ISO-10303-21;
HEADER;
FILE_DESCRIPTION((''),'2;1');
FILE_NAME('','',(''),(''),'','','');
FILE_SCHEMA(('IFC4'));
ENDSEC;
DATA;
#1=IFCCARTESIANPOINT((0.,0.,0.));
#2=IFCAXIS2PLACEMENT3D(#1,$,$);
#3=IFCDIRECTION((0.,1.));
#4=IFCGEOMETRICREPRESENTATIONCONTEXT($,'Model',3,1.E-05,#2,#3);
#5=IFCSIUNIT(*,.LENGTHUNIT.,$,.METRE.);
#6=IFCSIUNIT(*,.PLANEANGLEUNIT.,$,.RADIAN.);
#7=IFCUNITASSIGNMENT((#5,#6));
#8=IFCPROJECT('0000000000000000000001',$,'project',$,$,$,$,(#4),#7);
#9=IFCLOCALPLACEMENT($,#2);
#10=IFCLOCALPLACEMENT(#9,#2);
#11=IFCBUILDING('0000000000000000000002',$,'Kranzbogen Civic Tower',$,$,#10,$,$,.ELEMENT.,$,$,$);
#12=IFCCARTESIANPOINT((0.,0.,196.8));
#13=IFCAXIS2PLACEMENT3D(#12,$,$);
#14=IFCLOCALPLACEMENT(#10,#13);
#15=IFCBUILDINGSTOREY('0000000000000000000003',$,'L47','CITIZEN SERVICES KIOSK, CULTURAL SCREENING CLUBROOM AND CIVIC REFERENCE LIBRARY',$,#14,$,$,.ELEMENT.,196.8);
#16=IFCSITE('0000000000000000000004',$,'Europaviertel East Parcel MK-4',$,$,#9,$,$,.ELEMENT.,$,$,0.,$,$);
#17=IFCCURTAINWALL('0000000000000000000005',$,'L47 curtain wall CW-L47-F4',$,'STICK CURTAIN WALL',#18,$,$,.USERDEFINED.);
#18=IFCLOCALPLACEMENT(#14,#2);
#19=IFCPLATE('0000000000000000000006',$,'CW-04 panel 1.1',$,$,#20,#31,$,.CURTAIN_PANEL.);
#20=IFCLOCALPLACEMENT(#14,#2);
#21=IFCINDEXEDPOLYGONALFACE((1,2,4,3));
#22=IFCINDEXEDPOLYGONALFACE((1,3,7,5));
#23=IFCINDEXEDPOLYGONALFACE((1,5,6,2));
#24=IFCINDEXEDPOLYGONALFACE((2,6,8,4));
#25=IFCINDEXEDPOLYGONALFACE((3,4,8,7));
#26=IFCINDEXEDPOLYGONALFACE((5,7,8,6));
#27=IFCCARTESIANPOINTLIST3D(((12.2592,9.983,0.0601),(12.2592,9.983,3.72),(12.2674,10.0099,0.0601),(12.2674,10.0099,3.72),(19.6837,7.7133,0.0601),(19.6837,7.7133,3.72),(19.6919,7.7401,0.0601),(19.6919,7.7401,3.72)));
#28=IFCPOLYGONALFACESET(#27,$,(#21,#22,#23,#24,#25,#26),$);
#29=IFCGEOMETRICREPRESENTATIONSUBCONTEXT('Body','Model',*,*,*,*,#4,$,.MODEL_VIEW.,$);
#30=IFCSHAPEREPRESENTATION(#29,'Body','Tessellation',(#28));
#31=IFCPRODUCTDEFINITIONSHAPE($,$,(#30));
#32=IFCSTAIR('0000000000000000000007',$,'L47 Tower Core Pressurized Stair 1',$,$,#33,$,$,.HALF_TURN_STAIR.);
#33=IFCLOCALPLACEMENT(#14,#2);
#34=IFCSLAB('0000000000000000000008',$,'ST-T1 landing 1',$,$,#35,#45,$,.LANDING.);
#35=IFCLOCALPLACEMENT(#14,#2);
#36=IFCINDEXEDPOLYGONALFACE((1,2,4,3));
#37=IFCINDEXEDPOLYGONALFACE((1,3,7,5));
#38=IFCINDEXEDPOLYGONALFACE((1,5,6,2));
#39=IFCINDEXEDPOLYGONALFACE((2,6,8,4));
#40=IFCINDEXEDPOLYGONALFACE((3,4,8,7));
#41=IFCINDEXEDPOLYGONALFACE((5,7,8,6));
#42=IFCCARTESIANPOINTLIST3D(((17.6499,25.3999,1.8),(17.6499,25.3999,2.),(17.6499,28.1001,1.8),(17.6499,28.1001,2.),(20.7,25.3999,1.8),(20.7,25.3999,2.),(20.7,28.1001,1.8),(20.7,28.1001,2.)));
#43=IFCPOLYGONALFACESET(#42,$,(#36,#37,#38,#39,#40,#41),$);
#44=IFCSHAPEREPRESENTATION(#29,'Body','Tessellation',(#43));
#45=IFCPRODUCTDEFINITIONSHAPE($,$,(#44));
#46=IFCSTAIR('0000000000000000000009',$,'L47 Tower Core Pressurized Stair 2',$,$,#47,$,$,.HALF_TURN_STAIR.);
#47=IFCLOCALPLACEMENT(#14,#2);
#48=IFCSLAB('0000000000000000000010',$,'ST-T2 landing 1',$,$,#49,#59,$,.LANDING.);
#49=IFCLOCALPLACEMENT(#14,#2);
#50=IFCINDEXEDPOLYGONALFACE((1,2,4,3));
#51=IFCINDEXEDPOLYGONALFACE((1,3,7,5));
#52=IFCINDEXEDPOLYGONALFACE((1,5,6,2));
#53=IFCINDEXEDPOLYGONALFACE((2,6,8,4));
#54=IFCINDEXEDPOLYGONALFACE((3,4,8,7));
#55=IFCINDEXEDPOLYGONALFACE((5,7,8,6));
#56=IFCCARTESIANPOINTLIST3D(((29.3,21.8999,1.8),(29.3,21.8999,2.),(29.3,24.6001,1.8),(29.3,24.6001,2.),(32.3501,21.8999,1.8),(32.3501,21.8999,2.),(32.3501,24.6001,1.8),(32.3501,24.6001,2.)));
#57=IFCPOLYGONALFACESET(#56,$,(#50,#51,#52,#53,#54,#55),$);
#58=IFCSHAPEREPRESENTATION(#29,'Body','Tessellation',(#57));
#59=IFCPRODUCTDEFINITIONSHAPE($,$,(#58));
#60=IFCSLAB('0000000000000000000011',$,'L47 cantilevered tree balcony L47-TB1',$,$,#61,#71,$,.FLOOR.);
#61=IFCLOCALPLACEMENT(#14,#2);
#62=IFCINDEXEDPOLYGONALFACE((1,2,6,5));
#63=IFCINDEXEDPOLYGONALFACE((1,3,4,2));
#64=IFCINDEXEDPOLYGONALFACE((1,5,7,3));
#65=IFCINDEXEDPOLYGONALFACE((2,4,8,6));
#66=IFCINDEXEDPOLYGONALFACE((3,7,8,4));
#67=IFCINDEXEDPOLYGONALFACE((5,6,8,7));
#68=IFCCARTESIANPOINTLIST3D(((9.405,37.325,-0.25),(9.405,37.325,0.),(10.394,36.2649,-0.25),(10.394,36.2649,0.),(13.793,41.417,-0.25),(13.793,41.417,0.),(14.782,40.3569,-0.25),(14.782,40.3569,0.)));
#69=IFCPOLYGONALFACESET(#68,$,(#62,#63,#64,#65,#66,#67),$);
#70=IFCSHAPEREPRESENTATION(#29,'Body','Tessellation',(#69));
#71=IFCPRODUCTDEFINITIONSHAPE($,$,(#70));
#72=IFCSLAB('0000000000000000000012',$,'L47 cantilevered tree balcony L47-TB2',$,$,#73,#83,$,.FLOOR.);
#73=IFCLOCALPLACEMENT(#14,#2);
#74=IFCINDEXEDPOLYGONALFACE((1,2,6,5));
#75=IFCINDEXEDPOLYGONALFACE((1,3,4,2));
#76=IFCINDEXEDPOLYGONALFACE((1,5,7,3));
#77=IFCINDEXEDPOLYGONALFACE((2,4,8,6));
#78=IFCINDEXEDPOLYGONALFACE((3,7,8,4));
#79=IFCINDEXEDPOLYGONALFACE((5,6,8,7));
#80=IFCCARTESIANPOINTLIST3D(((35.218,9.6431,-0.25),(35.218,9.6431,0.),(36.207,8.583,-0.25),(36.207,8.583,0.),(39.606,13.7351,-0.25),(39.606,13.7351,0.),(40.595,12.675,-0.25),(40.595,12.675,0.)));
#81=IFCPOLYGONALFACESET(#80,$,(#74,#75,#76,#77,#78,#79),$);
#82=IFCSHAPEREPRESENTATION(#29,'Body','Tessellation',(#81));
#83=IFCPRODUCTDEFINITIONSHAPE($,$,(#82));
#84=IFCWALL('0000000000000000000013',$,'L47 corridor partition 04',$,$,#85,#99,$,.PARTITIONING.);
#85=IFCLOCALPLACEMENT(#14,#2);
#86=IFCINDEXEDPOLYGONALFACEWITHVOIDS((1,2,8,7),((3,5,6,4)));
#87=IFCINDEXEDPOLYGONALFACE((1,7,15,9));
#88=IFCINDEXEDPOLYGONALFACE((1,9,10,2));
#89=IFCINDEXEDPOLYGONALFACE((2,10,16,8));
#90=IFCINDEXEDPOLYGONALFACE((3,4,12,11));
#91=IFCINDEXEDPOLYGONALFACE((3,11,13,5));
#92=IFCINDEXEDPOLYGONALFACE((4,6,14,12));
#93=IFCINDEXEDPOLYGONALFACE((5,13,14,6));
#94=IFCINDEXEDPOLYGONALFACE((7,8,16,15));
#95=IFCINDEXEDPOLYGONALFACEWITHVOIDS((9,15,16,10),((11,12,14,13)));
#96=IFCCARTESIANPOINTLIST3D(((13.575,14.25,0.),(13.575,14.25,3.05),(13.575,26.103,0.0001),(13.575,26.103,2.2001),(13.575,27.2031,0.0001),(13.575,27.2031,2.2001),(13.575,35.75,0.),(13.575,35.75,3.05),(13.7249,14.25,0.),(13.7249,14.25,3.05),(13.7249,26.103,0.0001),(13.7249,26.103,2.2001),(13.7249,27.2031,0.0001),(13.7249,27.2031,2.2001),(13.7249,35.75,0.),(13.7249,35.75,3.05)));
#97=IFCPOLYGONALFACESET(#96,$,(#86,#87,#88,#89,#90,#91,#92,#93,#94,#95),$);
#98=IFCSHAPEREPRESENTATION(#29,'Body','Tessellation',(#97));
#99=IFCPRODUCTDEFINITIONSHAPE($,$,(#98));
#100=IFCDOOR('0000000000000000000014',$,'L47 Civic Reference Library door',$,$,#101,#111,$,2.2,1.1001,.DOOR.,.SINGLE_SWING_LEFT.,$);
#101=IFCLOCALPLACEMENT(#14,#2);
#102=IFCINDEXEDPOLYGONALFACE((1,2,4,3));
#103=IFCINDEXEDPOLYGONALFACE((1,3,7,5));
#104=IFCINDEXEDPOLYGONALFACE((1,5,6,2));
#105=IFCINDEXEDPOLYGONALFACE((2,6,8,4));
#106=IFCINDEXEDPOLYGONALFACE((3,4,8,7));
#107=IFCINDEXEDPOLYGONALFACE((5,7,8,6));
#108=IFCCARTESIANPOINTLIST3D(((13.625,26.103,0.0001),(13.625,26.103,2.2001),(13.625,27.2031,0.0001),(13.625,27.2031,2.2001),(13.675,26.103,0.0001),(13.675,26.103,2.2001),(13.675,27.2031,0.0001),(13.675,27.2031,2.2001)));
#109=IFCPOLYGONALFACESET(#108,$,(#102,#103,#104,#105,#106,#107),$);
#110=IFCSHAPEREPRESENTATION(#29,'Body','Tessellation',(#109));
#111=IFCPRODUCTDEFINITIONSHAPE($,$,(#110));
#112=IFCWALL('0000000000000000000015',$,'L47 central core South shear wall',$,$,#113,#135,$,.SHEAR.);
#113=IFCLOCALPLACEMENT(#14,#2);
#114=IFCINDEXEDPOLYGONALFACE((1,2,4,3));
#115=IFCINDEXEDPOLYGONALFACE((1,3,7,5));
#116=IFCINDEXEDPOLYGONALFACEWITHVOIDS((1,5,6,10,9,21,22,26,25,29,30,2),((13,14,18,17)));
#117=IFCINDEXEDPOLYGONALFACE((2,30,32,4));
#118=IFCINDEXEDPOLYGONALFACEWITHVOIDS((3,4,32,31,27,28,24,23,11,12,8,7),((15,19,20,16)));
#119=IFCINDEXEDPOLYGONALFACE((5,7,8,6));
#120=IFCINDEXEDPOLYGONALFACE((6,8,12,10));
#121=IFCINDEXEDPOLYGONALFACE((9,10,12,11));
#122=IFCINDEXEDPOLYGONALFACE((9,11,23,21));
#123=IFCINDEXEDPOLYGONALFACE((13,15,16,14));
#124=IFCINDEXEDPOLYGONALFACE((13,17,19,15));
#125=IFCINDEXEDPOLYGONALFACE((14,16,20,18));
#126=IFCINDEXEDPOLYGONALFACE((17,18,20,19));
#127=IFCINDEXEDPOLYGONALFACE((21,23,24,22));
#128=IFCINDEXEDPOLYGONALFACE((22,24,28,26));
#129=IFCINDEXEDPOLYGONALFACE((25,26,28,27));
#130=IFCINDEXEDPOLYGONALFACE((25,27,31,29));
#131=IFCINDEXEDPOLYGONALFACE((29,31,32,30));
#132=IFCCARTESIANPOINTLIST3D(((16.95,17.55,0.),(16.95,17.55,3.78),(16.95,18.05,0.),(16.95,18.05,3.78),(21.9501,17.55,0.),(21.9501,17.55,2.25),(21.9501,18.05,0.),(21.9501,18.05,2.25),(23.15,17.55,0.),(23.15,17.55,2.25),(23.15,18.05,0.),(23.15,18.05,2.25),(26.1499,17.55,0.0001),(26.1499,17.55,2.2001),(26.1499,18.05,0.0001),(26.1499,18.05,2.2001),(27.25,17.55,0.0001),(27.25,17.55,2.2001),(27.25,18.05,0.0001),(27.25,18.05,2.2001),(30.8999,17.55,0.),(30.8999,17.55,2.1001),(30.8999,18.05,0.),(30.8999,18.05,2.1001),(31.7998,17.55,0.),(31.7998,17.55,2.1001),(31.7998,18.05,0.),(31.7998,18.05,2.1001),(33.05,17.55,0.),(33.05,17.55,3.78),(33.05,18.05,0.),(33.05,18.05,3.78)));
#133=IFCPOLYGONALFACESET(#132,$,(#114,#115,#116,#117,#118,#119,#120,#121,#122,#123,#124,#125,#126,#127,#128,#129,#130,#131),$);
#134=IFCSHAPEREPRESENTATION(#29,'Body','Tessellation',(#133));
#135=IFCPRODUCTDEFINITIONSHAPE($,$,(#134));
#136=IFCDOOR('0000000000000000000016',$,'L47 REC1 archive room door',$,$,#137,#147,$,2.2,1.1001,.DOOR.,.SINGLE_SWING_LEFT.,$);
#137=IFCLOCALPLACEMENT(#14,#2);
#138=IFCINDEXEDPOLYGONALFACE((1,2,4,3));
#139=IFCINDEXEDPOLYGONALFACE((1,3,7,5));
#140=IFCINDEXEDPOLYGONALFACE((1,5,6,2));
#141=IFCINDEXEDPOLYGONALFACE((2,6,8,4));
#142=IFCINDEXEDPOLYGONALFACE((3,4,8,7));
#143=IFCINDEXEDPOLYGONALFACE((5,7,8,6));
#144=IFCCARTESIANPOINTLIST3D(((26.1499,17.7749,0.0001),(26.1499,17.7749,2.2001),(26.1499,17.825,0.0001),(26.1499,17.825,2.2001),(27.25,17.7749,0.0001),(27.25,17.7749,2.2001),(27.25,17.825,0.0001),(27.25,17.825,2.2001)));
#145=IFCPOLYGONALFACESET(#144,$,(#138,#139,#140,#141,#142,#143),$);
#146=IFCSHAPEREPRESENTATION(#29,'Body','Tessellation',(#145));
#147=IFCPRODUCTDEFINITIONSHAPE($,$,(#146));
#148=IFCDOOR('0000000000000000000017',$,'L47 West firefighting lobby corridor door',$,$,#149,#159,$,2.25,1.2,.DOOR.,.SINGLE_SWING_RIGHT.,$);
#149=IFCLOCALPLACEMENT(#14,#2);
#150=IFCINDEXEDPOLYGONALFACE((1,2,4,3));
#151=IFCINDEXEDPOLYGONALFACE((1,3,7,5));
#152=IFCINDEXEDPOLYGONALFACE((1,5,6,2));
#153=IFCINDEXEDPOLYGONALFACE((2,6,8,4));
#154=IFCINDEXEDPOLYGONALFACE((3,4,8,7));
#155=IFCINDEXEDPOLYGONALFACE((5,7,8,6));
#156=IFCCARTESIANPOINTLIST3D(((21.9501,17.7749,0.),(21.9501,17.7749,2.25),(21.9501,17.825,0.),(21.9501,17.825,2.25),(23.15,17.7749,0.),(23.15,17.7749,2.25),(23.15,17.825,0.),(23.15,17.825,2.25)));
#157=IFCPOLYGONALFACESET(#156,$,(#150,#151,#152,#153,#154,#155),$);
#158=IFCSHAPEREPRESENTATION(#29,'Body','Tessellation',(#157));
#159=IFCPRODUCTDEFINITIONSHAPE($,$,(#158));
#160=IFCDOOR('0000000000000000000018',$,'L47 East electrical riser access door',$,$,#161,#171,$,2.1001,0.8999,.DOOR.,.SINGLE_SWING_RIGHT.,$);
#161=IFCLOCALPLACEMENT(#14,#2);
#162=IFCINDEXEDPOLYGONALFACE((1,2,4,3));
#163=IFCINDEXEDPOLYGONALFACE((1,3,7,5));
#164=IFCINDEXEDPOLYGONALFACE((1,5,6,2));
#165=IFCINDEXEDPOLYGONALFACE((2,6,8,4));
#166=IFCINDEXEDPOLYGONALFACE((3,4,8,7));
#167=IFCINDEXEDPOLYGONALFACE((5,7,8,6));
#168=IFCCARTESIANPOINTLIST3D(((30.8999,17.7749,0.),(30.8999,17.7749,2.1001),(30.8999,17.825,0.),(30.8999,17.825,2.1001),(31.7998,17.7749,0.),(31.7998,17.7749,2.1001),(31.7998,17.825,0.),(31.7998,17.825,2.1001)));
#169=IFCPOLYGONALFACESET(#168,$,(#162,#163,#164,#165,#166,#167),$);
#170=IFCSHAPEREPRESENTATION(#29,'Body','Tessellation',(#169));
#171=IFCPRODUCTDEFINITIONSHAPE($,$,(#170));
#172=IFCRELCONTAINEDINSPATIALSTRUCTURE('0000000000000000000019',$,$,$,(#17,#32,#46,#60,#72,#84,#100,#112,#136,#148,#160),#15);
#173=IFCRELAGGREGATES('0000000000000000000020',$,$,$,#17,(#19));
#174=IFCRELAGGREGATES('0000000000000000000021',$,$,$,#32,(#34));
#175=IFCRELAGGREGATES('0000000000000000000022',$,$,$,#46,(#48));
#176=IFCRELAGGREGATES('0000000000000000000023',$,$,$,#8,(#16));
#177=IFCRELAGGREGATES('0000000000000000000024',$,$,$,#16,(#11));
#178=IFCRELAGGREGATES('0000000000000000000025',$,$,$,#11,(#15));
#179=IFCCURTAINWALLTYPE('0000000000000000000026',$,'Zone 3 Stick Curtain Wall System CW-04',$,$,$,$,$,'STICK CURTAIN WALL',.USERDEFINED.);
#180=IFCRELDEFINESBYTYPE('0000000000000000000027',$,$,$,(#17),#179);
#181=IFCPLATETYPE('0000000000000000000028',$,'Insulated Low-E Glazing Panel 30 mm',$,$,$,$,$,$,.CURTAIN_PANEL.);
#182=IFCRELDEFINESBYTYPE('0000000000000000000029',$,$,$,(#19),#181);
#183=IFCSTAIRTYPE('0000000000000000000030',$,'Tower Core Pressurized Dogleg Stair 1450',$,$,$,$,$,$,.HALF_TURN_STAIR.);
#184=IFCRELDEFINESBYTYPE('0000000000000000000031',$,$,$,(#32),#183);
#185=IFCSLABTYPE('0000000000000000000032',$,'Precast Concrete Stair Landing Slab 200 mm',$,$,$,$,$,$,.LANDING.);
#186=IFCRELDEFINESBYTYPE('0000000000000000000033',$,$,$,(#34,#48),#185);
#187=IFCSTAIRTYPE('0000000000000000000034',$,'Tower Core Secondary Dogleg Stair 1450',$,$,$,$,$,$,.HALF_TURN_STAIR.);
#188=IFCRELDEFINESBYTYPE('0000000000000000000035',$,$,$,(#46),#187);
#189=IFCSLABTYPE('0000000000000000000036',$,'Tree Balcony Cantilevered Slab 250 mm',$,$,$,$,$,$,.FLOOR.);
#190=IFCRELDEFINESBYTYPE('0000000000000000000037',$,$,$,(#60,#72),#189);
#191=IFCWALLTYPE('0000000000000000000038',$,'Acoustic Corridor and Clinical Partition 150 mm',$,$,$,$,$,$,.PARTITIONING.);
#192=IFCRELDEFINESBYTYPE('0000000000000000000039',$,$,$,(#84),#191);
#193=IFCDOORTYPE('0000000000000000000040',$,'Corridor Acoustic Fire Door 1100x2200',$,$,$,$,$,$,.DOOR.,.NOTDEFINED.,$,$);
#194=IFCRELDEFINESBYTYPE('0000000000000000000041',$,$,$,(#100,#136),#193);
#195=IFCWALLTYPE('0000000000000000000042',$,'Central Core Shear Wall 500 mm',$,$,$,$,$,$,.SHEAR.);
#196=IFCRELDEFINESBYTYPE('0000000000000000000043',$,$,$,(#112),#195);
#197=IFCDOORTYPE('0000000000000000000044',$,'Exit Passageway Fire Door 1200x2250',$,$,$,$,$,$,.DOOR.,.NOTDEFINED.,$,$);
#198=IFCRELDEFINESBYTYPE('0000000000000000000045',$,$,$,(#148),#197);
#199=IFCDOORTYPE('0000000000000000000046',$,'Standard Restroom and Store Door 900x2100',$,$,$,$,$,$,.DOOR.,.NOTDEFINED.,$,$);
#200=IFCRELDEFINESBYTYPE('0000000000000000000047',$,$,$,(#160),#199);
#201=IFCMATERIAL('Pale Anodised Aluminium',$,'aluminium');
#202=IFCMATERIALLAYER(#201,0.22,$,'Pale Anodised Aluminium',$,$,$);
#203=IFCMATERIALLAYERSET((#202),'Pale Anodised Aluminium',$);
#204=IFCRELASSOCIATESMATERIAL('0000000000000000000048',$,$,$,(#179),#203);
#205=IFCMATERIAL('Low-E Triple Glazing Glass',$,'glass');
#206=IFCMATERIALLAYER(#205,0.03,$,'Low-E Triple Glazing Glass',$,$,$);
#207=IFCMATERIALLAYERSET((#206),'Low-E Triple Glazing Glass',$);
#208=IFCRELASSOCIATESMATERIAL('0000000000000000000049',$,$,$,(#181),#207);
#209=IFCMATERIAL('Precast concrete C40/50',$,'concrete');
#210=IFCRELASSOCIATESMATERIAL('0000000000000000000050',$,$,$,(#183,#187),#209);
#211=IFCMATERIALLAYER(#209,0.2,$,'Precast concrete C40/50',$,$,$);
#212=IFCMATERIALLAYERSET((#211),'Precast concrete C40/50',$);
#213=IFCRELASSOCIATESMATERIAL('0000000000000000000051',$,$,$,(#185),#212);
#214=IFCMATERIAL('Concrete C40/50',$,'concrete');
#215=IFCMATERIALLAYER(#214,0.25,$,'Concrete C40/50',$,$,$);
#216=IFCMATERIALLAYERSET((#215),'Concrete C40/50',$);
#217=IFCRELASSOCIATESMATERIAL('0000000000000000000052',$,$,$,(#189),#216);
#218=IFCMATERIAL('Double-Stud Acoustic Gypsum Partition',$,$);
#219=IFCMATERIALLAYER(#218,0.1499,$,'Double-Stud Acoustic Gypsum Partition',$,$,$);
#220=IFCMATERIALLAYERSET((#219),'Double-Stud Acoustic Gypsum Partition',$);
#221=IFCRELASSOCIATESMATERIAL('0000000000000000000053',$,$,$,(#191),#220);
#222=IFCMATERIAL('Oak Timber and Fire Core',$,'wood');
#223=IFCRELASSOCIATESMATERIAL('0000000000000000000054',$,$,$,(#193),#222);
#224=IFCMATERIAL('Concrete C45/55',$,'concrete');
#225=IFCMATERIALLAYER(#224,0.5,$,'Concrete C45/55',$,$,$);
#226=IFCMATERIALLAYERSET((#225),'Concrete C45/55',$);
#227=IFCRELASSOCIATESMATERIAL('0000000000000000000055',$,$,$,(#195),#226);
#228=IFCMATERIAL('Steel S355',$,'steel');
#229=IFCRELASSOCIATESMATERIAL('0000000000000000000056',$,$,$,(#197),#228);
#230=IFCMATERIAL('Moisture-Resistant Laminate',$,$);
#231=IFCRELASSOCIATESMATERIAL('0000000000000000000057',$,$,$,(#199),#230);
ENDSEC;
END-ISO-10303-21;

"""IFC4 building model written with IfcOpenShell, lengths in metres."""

from ifc_helpers import new_model, si_unit, direction, frame, frame_2d, origin, origin_2d, place, context, subcontext, project, spatial, polyline, rectangle, outline, extrude, material, layer, layer_set, type_object, element, fill, aggregate, save


model = new_model("IFC4")

# Units and contexts
model_context = context("Model", 3, precision=1e-05, world=origin(), true_north=direction((0.0, 1.0)))
body_context = subcontext(model_context, "Body", "Model", "MODEL_VIEW")
ifc_project = project(units=[si_unit("LENGTHUNIT", "METRE"), si_unit("PLANEANGLEUNIT", "RADIAN")], contexts=[model_context])

# Site, building, storey
site_placement = place(None, origin())
site = spatial("IfcSite", under=ifc_project, at=site_placement, Name="Europaviertel East Parcel MK-4", CompositionType="ELEMENT", RefElevation=0.0)
building_placement = place(site_placement, origin())
building = spatial("IfcBuilding", under=site, at=building_placement, Name="Kranzbogen Civic Tower", CompositionType="ELEMENT")
storey_placement = place(building_placement, frame((0.0, 0.0, 196.8)))
storey = spatial("IfcBuildingStorey", under=building, at=storey_placement, Name="L47", Description="CITIZEN SERVICES KIOSK, CULTURAL SCREENING CLUBROOM AND CIVIC REFERENCE LIBRARY", CompositionType="ELEMENT", Elevation=196.8)

# Shared definitions
ifc_material_1 = material(Name="Steel S355", Category="steel")

# Shared definitions
ifc_material_2 = material(Name="Pale Anodised Aluminium", Category="aluminium")
ifc_layer_1 = layer(ifc_material_2, 0.22, Name="Pale Anodised Aluminium")
ifc_layer_set_1 = layer_set([ifc_layer_1], Name="Pale Anodised Aluminium")
curtain_wall_type = type_object("IfcCurtainWallType", Name="Zone 3 Stick Curtain Wall System CW-04", ElementType="STICK CURTAIN WALL", PredefinedType="USERDEFINED", material=ifc_layer_set_1)

# Curtain wall
curtain_wall_1_placement = place(storey_placement, origin())
curtain_wall_1 = element("IfcCurtainWall", 1, at=curtain_wall_1_placement, inside=storey, type_object=curtain_wall_type, Name="L47 curtain wall CW-L47-F4", ObjectType="STICK CURTAIN WALL", PredefinedType="USERDEFINED")

# Shared definitions
ifc_material_3 = material(Name="Concrete C40/50", Category="concrete")

# Plate
ifc_material_4 = material(Name="Low-E Triple Glazing Glass", Category="glass")
ifc_layer_2 = layer(ifc_material_4, 0.03, Name="Low-E Triple Glazing Glass")
ifc_layer_set_2 = layer_set([ifc_layer_2], Name="Low-E Triple Glazing Glass")
plate_type = type_object("IfcPlateType", Name="Insulated Low-E Glazing Panel 30 mm", PredefinedType="CURTAIN_PANEL", material=ifc_layer_set_2)
plate_1_placement = place(storey_placement, frame((15.9756, 8.8616, 0.0601), z_axis=(0.0, 0.0, 1.0), x_axis=(0.956312, -0.29235, 0.0)))
plate_1 = element("IfcPlate", 2, at=plate_1_placement, type_object=plate_type, Name="CW-04 panel 1.1", PredefinedType="CURTAIN_PANEL", context=body_context, shape_type="SweptSolid", body=[
    extrude(rectangle(XDim=7.7637, YDim=0.0281, at=origin_2d()), origin(), (0.0, 0.0, 1.0), 3.6599),
])
aggregate(curtain_wall_1, [plate_1])

# Stairs, slabs
ifc_material_5 = material(Name="Precast concrete C40/50", Category="concrete")
stair_type_1 = type_object("IfcStairType", Name="Tower Core Pressurized Dogleg Stair 1450", PredefinedType="HALF_TURN_STAIR", material=ifc_material_5)
stair_1_placement = place(storey_placement, origin())
stair_1 = element("IfcStair", 3, at=stair_1_placement, inside=storey, type_object=stair_type_1, Name="L47 Tower Core Pressurized Stair 1", PredefinedType="HALF_TURN_STAIR")
ifc_layer_3 = layer(ifc_material_5, 0.2, Name="Precast concrete C40/50")
ifc_layer_set_3 = layer_set([ifc_layer_3], Name="Precast concrete C40/50")
slab_type_1 = type_object("IfcSlabType", Name="Precast Concrete Stair Landing Slab 200 mm", PredefinedType="LANDING", material=ifc_layer_set_3)
slab_1_placement = place(storey_placement, frame((0.0, 0.0, 1.8)))
slab_1 = element("IfcSlab", 4, at=slab_1_placement, type_object=slab_type_1, Name="ST-T1 landing 1", PredefinedType="LANDING", context=body_context, shape_type="SweptSolid", body=[
    extrude(outline(polyline([(20.7, 25.3999), (20.7, 28.1001), (17.6499, 28.1001), (17.6499, 25.3999), (20.7, 25.3999)])), origin(), (0.0, 0.0, 1.0), 0.2),
])
aggregate(stair_1, [slab_1])
stair_type_2 = type_object("IfcStairType", Name="Tower Core Secondary Dogleg Stair 1450", PredefinedType="HALF_TURN_STAIR", material=ifc_material_5)
stair_2_placement = place(storey_placement, origin())
stair_2 = element("IfcStair", 5, at=stair_2_placement, inside=storey, type_object=stair_type_2, Name="L47 Tower Core Pressurized Stair 2", PredefinedType="HALF_TURN_STAIR")
slab_2_placement = place(storey_placement, frame((0.0, 0.0, 1.8)))
slab_2 = element("IfcSlab", 6, at=slab_2_placement, type_object=slab_type_1, Name="ST-T2 landing 1", PredefinedType="LANDING", context=body_context, shape_type="SweptSolid", body=[
    extrude(outline(polyline([(29.3, 24.6001), (29.3, 21.8999), (32.3501, 21.8999), (32.3501, 24.6001), (29.3, 24.6001)])), origin(), (0.0, 0.0, 1.0), 0.2),
])
aggregate(stair_2, [slab_2])

# Slabs
ifc_layer_4 = layer(ifc_material_3, 0.25, Name="Concrete C40/50")
ifc_layer_set_4 = layer_set([ifc_layer_4], Name="Concrete C40/50")
slab_type_2 = type_object("IfcSlabType", Name="Tree Balcony Cantilevered Slab 250 mm", PredefinedType="FLOOR", material=ifc_layer_set_4)
slab_3_placement = place(storey_placement, frame((0.0, 0.0, -0.25)))
element("IfcSlab", 7, at=slab_3_placement, inside=storey, type_object=slab_type_2, Name="L47 cantilevered tree balcony L47-TB1", PredefinedType="FLOOR", context=body_context, shape_type="SweptSolid", body=[
    extrude(outline(polyline([(14.782, 40.3569), (10.394, 36.2649), (9.405, 37.325), (13.793, 41.417), (14.782, 40.3569)])), origin(), (0.0, 0.0, 1.0), 0.25),
])
slab_4_placement = place(storey_placement, frame((0.0, 0.0, -0.25)))
element("IfcSlab", 8, at=slab_4_placement, inside=storey, type_object=slab_type_2, Name="L47 cantilevered tree balcony L47-TB2", PredefinedType="FLOOR", context=body_context, shape_type="SweptSolid", body=[
    extrude(outline(polyline([(35.218, 9.6431), (39.606, 13.7351), (40.595, 12.675), (36.207, 8.583), (35.218, 9.6431)])), origin(), (0.0, 0.0, 1.0), 0.25),
])

# Wall, opening, door
ifc_material_6 = material(Name="Double-Stud Acoustic Gypsum Partition")
ifc_layer_5 = layer(ifc_material_6, 0.1499, Name="Double-Stud Acoustic Gypsum Partition")
ifc_layer_set_5 = layer_set([ifc_layer_5], Name="Double-Stud Acoustic Gypsum Partition")
wall_type_1 = type_object("IfcWallType", Name="Acoustic Corridor and Clinical Partition 150 mm", PredefinedType="PARTITIONING", material=ifc_layer_set_5)
wall_1_placement = place(storey_placement, frame((13.6499, 14.25, 0.0), z_axis=(0.0, 0.0, 1.0), x_axis=(0.0, 1.0, 0.0)))
wall_1 = element("IfcWall", 9, at=wall_1_placement, inside=storey, type_object=wall_type_1, Name="L47 corridor partition 04", PredefinedType="PARTITIONING", context=body_context, shape_type="SweptSolid", body=[
    extrude(rectangle(XDim=21.5, YDim=0.1499, at=frame_2d((10.75, 0.0))), origin(), (0.0, 0.0, 1.0), 3.05),
])
opening_1_placement = place(wall_1_placement, frame((11.853, 0.0, 0.0)))
opening_1 = element("IfcOpeningElement", 10, at=opening_1_placement, cuts=wall_1, PredefinedType="OPENING", context=body_context, shape_type="SweptSolid", body=[
    extrude(rectangle(XDim=1.1001, YDim=2.2, at=frame_2d((0.55, 1.1001))), frame((0.0, 0.085, 0.0), z_axis=(0.0, -1.0, 0.0), x_axis=(1.0, 0.0, 0.0)), (0.0, 0.0, 1.0), 0.1699),
])
ifc_material_7 = material(Name="Oak Timber and Fire Core", Category="wood")
door_type_1 = type_object("IfcDoorType", Name="Corridor Acoustic Fire Door 1100x2200", OperationType="NOTDEFINED", PredefinedType="DOOR", material=ifc_material_7)
door_1_placement = place(opening_1_placement, origin())
door_1 = element("IfcDoor", 11, at=door_1_placement, inside=storey, type_object=door_type_1, Name="L47 Civic Reference Library door", OperationType="SINGLE_SWING_LEFT", OverallHeight=2.2, OverallWidth=1.1001, PredefinedType="DOOR", context=body_context, shape_type="SweptSolid", body=[
    extrude(rectangle(XDim=1.1001, YDim=2.2, at=frame_2d((0.55, 1.1001))), frame((0.0, 0.0249, 0.0), z_axis=(0.0, -1.0, 0.0), x_axis=(1.0, 0.0, 0.0)), (0.0, 0.0, 1.0), 0.05),
])
fill(opening_1, door_1)

# Wall, openings, doors
ifc_material_8 = material(Name="Concrete C45/55", Category="concrete")
ifc_layer_6 = layer(ifc_material_8, 0.5, Name="Concrete C45/55")
ifc_layer_set_6 = layer_set([ifc_layer_6], Name="Concrete C45/55")
wall_type_2 = type_object("IfcWallType", Name="Central Core Shear Wall 500 mm", PredefinedType="SHEAR", material=ifc_layer_set_6)
wall_2_placement = place(storey_placement, frame((16.95, 17.8, 0.0), z_axis=(0.0, 0.0, 1.0), x_axis=(1.0, 0.0, 0.0)))
wall_2 = element("IfcWall", 12, at=wall_2_placement, inside=storey, type_object=wall_type_2, Name="L47 central core South shear wall", PredefinedType="SHEAR", context=body_context, shape_type="SweptSolid", body=[
    extrude(rectangle(XDim=16.1001, YDim=0.5, at=frame_2d((8.05, 0.0))), origin(), (0.0, 0.0, 1.0), 3.78),
])
opening_2_placement = place(wall_2_placement, frame((5.0, 0.0, 0.0)))
opening_2 = element("IfcOpeningElement", 13, at=opening_2_placement, cuts=wall_2, PredefinedType="OPENING", context=body_context, shape_type="SweptSolid", body=[
    extrude(rectangle(XDim=1.2, YDim=2.25, at=frame_2d((0.6001, 1.125))), frame((0.0, 0.26, 0.0), z_axis=(0.0, -1.0, 0.0), x_axis=(1.0, 0.0, 0.0)), (0.0, 0.0, 1.0), 0.52),
])
opening_3_placement = place(wall_2_placement, frame((13.95, 0.0, 0.0)))
opening_3 = element("IfcOpeningElement", 14, at=opening_3_placement, cuts=wall_2, PredefinedType="OPENING", context=body_context, shape_type="SweptSolid", body=[
    extrude(rectangle(XDim=0.8999, YDim=2.1001, at=frame_2d((0.45, 1.05))), frame((0.0, 0.26, 0.0), z_axis=(0.0, -1.0, 0.0), x_axis=(1.0, 0.0, 0.0)), (0.0, 0.0, 1.0), 0.52),
])
opening_4_placement = place(wall_2_placement, frame((9.2, 0.0, 0.0)))
opening_4 = element("IfcOpeningElement", 15, at=opening_4_placement, cuts=wall_2, PredefinedType="OPENING", context=body_context, shape_type="SweptSolid", body=[
    extrude(rectangle(XDim=1.1001, YDim=2.2, at=frame_2d((0.55, 1.1001))), frame((0.0, 0.26, 0.0), z_axis=(0.0, -1.0, 0.0), x_axis=(1.0, 0.0, 0.0)), (0.0, 0.0, 1.0), 0.52),
])
door_2_placement = place(opening_4_placement, origin())
door_2 = element("IfcDoor", 16, at=door_2_placement, inside=storey, type_object=door_type_1, Name="L47 REC1 archive room door", OperationType="SINGLE_SWING_LEFT", OverallHeight=2.2, OverallWidth=1.1001, PredefinedType="DOOR", context=body_context, shape_type="SweptSolid", body=[
    extrude(rectangle(XDim=1.1001, YDim=2.2, at=frame_2d((0.55, 1.1001))), frame((0.0, 0.0249, 0.0), z_axis=(0.0, -1.0, 0.0), x_axis=(1.0, 0.0, 0.0)), (0.0, 0.0, 1.0), 0.05),
])
fill(opening_4, door_2)
door_type_2 = type_object("IfcDoorType", Name="Exit Passageway Fire Door 1200x2250", OperationType="NOTDEFINED", PredefinedType="DOOR", material=ifc_material_1)
door_3_placement = place(opening_2_placement, origin())
door_3 = element("IfcDoor", 17, at=door_3_placement, inside=storey, type_object=door_type_2, Name="L47 West firefighting lobby corridor door", OperationType="SINGLE_SWING_RIGHT", OverallHeight=2.25, OverallWidth=1.2, PredefinedType="DOOR", context=body_context, shape_type="SweptSolid", body=[
    extrude(rectangle(XDim=1.2, YDim=2.25, at=frame_2d((0.6001, 1.125))), frame((0.0, 0.0249, 0.0), z_axis=(0.0, -1.0, 0.0), x_axis=(1.0, 0.0, 0.0)), (0.0, 0.0, 1.0), 0.05),
])
fill(opening_2, door_3)
ifc_material_9 = material(Name="Moisture-Resistant Laminate")
door_type_3 = type_object("IfcDoorType", Name="Standard Restroom and Store Door 900x2100", OperationType="NOTDEFINED", PredefinedType="DOOR", material=ifc_material_9)
door_4_placement = place(opening_3_placement, origin())
door_4 = element("IfcDoor", 18, at=door_4_placement, inside=storey, type_object=door_type_3, Name="L47 East electrical riser access door", OperationType="SINGLE_SWING_RIGHT", OverallHeight=2.1001, OverallWidth=0.8999, PredefinedType="DOOR", context=body_context, shape_type="SweptSolid", body=[
    extrude(rectangle(XDim=0.8999, YDim=2.1001, at=frame_2d((0.45, 1.05))), frame((0.0, 0.0249, 0.0), z_axis=(0.0, -1.0, 0.0), x_axis=(1.0, 0.0, 0.0)), (0.0, 0.0, 1.0), 0.05),
])
fill(opening_3, door_4)

save(model, "model.ifc")
